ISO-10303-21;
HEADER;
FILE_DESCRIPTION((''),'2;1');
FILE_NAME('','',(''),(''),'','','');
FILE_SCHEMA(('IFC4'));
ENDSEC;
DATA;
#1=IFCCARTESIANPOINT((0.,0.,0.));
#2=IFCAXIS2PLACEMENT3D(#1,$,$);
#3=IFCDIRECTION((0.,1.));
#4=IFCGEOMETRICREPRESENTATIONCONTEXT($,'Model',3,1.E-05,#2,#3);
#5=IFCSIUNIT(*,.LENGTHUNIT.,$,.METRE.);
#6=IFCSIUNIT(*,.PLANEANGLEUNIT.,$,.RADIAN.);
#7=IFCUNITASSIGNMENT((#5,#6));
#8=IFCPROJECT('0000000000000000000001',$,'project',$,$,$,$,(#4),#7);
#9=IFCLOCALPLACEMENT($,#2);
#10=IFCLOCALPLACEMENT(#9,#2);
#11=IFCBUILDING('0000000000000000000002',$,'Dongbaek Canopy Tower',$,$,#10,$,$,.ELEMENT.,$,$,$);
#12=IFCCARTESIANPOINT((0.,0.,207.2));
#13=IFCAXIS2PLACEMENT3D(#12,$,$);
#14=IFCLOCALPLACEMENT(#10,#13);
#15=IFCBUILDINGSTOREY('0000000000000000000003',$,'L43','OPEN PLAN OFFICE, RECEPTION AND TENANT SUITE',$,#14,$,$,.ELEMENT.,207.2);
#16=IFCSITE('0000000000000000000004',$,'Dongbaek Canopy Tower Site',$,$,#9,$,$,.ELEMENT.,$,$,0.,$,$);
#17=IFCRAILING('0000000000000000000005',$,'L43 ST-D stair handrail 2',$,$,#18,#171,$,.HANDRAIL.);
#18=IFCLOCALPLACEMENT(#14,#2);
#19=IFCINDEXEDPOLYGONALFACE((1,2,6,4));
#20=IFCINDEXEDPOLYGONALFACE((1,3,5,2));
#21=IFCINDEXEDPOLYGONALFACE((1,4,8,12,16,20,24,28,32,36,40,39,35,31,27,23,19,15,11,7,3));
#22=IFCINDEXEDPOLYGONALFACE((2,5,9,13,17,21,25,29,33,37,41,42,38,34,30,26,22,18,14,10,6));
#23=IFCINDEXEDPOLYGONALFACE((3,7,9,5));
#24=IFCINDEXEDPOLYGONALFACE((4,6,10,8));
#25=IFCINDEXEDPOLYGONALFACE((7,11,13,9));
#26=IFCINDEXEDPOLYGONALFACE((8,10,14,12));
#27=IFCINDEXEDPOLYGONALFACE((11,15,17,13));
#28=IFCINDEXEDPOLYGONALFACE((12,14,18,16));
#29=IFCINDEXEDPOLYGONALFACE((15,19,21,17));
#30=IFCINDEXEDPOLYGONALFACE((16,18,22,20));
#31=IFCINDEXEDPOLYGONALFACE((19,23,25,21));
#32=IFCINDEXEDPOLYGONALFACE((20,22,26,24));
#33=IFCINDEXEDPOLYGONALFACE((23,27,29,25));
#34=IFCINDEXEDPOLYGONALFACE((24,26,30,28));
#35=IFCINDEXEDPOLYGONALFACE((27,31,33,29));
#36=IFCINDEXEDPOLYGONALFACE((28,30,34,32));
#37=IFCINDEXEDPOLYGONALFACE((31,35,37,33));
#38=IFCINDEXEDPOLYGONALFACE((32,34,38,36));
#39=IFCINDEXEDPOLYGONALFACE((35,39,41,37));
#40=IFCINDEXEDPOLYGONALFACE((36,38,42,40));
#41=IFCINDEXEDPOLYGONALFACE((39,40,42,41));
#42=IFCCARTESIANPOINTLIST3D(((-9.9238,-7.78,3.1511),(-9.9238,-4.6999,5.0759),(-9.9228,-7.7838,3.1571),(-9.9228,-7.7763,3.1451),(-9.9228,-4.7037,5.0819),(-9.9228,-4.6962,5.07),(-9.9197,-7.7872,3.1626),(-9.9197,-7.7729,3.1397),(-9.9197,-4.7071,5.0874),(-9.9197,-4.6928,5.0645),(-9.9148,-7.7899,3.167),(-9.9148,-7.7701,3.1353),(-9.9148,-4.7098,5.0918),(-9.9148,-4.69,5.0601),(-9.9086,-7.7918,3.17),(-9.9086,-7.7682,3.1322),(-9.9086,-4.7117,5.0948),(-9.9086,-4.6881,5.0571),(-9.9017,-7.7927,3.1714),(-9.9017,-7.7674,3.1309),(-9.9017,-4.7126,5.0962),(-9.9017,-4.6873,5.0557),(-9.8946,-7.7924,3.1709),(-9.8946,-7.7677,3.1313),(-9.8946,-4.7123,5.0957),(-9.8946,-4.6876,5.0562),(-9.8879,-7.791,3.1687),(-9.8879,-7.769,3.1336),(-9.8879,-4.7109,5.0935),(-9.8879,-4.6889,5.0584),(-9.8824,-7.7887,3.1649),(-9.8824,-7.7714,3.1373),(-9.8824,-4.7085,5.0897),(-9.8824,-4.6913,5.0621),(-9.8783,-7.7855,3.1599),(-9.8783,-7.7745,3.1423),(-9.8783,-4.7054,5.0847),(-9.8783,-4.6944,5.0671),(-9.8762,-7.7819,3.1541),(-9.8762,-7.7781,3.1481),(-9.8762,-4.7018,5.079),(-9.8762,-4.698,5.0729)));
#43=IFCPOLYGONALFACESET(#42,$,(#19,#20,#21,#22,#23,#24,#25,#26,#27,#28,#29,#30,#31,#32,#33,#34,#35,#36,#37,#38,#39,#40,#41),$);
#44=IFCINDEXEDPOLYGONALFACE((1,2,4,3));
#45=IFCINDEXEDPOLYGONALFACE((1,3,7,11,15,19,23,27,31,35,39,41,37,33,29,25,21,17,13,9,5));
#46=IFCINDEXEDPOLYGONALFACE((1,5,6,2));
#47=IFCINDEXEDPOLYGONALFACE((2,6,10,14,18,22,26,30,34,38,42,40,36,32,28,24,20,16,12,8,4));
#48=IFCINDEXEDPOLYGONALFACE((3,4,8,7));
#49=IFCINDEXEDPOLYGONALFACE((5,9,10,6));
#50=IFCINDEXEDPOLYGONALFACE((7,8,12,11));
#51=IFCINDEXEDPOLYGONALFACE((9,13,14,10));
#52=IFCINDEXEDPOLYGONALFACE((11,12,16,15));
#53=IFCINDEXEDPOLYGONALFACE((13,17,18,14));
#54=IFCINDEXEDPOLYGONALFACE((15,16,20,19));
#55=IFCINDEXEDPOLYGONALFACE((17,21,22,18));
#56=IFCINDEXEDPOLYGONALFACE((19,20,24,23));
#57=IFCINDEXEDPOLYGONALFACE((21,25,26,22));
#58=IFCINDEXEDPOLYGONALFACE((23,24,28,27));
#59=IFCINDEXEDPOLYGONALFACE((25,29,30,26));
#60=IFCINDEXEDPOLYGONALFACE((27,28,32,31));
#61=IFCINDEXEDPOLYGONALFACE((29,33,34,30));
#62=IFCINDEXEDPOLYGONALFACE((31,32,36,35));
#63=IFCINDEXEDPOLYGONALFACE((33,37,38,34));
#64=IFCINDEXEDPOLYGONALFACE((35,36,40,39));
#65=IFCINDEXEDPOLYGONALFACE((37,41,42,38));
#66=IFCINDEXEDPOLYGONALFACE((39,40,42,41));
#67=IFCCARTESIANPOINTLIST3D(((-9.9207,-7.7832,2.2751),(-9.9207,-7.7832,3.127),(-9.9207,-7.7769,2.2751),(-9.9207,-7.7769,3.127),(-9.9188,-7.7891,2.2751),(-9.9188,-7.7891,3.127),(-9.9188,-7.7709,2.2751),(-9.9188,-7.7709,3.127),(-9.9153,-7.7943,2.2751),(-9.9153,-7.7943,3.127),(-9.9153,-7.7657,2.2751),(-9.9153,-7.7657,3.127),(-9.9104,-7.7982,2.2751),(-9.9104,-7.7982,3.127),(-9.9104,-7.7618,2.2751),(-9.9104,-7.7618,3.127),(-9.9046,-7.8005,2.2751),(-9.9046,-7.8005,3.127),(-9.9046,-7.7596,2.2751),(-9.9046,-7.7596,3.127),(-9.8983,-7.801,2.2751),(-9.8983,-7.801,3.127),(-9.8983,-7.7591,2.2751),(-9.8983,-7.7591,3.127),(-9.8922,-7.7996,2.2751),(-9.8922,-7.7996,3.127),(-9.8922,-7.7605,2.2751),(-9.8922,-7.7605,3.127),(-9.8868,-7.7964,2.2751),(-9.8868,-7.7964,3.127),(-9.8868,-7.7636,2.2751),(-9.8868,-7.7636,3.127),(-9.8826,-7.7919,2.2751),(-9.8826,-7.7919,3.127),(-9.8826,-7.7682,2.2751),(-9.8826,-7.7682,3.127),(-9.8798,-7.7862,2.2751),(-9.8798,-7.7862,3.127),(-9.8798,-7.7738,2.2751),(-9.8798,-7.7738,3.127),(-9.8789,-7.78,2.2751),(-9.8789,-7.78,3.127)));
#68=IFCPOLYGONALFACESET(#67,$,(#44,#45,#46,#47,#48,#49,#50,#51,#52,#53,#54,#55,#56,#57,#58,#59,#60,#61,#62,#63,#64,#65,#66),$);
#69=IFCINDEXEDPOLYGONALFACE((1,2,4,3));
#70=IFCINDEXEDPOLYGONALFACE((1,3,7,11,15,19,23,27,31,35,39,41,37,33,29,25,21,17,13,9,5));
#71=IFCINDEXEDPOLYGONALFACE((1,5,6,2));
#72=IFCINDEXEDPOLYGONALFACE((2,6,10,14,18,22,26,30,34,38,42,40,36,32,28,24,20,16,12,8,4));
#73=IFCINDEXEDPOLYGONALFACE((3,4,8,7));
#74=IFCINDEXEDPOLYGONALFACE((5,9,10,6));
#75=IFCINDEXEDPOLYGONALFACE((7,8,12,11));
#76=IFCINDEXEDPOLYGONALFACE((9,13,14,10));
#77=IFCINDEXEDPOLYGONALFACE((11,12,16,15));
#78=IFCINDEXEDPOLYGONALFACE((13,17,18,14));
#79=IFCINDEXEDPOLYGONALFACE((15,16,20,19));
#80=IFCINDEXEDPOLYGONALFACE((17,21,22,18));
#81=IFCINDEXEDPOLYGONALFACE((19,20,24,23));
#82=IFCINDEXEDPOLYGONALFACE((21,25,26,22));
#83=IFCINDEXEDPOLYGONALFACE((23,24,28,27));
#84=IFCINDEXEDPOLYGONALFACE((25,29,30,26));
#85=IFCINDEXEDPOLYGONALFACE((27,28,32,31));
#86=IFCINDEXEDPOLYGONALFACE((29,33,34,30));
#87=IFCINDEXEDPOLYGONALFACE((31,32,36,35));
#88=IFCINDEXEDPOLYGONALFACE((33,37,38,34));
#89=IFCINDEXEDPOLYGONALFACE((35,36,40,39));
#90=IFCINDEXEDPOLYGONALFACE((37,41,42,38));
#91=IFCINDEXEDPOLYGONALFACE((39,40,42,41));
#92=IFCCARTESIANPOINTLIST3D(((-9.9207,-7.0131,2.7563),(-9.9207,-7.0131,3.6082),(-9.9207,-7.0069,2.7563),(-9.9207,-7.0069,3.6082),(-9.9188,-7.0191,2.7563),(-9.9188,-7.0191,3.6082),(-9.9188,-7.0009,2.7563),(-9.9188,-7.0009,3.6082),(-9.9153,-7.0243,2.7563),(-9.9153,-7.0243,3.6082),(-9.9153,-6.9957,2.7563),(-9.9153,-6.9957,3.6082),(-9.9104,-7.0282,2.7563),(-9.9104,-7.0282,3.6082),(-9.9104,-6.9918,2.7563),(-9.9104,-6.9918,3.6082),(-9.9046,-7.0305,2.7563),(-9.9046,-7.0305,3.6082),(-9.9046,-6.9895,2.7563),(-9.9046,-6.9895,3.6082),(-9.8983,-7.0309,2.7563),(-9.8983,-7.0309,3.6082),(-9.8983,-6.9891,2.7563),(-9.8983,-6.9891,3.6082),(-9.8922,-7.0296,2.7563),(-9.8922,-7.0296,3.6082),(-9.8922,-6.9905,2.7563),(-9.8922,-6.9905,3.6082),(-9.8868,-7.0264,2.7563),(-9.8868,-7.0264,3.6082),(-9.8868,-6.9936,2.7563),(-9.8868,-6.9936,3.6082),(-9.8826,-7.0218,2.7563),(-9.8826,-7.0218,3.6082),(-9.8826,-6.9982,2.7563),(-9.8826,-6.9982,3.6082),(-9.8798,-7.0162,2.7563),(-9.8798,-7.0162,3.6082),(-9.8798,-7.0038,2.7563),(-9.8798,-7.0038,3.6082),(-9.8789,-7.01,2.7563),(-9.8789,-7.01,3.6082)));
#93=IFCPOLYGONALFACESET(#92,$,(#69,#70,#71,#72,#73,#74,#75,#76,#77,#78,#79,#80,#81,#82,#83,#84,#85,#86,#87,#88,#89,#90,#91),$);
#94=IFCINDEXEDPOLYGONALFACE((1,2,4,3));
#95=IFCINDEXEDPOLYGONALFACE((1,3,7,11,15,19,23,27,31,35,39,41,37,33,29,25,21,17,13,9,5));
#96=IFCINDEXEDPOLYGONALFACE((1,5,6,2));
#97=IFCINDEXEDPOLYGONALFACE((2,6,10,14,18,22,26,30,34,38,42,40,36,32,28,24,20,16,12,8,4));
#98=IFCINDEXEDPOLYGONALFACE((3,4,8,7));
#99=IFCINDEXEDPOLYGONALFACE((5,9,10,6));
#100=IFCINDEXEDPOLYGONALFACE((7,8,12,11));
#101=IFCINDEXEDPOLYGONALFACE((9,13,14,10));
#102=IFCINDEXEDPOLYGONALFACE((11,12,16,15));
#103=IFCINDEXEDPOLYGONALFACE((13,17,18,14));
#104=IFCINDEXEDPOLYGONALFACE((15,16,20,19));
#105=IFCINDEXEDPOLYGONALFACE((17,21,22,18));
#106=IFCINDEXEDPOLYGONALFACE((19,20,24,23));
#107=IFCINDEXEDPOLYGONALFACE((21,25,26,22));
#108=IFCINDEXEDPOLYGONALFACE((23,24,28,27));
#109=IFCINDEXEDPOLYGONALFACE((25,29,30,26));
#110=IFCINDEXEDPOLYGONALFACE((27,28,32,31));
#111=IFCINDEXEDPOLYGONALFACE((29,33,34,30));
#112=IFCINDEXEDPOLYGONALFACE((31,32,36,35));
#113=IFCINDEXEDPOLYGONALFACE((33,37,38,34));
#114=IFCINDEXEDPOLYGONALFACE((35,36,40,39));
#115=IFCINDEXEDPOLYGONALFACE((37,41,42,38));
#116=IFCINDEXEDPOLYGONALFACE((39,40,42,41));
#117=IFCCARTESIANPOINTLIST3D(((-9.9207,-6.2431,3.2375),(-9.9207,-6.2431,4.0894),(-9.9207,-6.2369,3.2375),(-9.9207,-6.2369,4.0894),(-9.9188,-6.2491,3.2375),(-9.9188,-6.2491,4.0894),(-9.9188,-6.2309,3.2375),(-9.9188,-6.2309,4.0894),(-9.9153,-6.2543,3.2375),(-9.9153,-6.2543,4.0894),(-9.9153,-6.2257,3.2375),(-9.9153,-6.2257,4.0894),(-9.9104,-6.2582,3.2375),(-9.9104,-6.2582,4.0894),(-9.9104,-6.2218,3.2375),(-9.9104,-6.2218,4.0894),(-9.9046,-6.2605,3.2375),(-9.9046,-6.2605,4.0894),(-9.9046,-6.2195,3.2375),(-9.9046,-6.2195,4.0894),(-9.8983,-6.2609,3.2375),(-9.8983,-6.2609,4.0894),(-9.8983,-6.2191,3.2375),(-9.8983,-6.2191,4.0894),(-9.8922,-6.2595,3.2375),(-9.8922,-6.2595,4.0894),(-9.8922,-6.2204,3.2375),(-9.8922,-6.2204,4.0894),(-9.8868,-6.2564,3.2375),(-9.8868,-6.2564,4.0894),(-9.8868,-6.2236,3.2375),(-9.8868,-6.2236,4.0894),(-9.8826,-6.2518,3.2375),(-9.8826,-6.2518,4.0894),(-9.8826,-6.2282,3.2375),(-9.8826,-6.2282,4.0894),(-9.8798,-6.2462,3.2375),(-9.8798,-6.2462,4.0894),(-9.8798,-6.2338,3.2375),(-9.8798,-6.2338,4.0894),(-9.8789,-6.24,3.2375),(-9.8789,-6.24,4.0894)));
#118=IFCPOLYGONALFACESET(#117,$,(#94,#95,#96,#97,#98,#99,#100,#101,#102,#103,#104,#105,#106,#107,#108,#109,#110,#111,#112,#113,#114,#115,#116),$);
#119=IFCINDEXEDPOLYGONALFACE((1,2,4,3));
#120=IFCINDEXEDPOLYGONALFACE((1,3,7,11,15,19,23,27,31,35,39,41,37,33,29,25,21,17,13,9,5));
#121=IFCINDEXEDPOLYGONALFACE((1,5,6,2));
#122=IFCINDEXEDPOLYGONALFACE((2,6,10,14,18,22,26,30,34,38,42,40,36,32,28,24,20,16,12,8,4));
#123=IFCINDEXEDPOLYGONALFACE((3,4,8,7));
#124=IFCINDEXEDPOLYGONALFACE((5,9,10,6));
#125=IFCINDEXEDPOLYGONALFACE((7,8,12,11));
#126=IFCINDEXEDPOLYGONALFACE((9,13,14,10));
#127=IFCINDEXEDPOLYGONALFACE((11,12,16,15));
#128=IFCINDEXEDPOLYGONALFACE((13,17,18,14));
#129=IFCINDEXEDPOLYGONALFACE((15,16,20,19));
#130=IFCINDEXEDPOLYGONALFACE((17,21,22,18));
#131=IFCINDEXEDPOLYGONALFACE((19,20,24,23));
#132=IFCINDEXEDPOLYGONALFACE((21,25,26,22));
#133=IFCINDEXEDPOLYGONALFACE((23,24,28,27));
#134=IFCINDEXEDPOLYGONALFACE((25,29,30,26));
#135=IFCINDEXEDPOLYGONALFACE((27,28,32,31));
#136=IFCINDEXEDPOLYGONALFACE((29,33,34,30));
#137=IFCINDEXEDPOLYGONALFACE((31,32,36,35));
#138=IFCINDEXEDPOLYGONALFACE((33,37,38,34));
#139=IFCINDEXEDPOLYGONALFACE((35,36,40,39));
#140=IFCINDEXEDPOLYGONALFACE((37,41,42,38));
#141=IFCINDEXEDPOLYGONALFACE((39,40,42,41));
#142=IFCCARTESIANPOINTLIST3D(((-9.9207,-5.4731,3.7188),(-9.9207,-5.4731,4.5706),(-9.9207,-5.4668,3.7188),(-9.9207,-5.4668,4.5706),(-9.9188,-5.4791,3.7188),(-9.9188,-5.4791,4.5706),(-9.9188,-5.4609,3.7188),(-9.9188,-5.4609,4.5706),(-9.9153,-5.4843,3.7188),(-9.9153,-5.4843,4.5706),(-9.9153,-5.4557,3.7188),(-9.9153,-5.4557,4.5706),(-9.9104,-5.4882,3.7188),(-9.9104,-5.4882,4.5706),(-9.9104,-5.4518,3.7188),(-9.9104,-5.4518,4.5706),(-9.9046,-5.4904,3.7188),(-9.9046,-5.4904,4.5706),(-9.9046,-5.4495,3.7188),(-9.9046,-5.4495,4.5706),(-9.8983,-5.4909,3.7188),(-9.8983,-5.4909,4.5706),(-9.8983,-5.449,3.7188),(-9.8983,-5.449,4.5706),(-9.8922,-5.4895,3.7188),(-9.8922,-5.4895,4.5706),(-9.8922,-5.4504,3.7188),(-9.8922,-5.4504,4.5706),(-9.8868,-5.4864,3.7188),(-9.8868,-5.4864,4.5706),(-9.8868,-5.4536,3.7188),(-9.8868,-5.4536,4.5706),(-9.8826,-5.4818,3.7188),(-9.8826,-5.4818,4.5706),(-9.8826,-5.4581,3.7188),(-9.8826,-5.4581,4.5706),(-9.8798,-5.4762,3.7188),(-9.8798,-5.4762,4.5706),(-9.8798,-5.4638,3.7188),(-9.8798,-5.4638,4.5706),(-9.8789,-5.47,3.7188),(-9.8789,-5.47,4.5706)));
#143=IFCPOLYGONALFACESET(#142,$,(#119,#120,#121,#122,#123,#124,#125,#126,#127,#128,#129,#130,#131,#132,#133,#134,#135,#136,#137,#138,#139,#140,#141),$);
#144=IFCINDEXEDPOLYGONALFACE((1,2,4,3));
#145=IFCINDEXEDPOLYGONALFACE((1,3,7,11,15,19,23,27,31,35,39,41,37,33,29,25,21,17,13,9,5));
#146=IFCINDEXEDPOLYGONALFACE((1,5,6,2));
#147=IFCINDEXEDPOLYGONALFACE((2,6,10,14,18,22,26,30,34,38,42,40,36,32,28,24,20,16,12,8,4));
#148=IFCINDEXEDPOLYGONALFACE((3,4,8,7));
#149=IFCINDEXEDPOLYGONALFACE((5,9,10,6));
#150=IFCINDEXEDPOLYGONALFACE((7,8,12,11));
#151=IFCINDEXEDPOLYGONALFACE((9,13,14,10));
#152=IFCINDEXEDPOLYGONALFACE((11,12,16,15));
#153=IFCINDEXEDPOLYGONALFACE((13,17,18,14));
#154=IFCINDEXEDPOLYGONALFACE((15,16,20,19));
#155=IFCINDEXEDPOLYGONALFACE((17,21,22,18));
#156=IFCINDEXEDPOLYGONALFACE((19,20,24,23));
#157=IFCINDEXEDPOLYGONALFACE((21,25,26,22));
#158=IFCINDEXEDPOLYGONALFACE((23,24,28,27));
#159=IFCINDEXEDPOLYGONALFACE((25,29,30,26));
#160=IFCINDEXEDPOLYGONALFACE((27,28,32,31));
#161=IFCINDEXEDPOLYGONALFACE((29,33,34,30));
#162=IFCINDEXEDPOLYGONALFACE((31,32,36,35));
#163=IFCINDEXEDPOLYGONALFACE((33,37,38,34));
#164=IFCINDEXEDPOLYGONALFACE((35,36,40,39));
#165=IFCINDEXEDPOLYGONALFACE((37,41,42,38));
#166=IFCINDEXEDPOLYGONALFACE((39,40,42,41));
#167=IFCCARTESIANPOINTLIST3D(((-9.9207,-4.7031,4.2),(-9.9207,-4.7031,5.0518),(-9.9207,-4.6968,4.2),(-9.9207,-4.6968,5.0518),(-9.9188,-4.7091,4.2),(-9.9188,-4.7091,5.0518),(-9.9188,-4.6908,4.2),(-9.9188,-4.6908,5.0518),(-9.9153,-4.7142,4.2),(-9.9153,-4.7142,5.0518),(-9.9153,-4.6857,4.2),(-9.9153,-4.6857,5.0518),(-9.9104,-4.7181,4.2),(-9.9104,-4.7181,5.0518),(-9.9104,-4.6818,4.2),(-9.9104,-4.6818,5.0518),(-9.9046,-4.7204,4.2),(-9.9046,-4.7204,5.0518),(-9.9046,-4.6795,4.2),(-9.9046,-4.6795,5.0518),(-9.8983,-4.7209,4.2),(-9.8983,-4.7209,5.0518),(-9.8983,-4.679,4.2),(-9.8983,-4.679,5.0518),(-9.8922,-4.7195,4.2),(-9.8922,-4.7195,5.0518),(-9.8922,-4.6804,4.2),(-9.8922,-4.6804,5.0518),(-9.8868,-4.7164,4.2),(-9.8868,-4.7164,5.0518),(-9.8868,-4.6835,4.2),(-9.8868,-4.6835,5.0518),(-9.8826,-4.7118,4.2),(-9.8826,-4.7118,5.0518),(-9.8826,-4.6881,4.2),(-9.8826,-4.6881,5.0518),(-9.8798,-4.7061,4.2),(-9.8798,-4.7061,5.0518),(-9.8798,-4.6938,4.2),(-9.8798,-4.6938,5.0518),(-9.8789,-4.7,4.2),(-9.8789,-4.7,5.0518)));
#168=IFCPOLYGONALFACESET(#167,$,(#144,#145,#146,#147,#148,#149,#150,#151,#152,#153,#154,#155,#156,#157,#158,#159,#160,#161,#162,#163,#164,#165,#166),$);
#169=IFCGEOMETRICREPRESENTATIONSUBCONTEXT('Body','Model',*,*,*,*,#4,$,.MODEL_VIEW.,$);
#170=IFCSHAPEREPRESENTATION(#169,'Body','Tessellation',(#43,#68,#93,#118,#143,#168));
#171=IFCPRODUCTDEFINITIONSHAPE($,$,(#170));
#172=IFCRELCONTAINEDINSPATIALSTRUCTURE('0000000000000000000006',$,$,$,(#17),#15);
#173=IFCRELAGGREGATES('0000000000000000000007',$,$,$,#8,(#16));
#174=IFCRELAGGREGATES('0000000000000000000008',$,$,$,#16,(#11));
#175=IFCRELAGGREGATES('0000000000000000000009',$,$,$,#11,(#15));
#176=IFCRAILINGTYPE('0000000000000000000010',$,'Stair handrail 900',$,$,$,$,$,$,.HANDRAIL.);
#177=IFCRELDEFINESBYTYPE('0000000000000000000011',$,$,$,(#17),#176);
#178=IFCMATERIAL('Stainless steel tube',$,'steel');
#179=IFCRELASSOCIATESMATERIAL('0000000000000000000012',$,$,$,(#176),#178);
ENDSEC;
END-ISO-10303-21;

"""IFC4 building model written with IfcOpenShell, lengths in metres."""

from ifc_helpers import new_model, si_unit, direction, frame, origin, origin_2d, place, context, subcontext, project, spatial, circle, extrude, material, type_object, element, save


model = new_model("IFC4")

# Units and contexts
model_context = context("Model", 3, precision=1e-05, world=origin(), true_north=direction((0.0, 1.0)))
body_context = subcontext(model_context, "Body", "Model", "MODEL_VIEW")
ifc_project = project(units=[si_unit("LENGTHUNIT", "METRE"), si_unit("PLANEANGLEUNIT", "RADIAN")], contexts=[model_context])

# Site, building, storey
site_placement = place(None, origin())
site = spatial("IfcSite", under=ifc_project, at=site_placement, Name="Dongbaek Canopy Tower Site", CompositionType="ELEMENT", RefElevation=0.0)
building_placement = place(site_placement, origin())
building = spatial("IfcBuilding", under=site, at=building_placement, Name="Dongbaek Canopy Tower", CompositionType="ELEMENT")
storey_placement = place(building_placement, frame((0.0, 0.0, 207.2)))
storey = spatial("IfcBuildingStorey", under=building, at=storey_placement, Name="L43", Description="OPEN PLAN OFFICE, RECEPTION AND TENANT SUITE", CompositionType="ELEMENT", Elevation=207.2)

# Railing
ifc_material_1 = material(Name="Stainless steel tube", Category="steel")
railing_type_1 = type_object("IfcRailingType", Name="Stair handrail 900", PredefinedType="HANDRAIL", material=ifc_material_1)
railing_1_placement = place(storey_placement, frame((-9.8999, -7.78, 2.2751)))
element("IfcRailing", 1, at=railing_1_placement, inside=storey, type_object=railing_type_1, Name="L43 ST-D stair handrail 2", PredefinedType="HANDRAIL", context=body_context, shape_type="SweptSolid", body=[
    extrude(circle(Radius=0.0239, at=origin_2d()), frame((0.0, 0.0, 0.876), z_axis=(0.0, 0.848029, 0.529951), x_axis=(-1.0, 0.0, 0.0)), (0.0, 0.0, 1.0), 3.6321),
    extrude(circle(Radius=0.021, at=origin_2d()), origin(), (0.0, 0.0, 1.0), 0.8518),
    extrude(circle(Radius=0.021, at=origin_2d()), frame((0.0, 0.77, 0.4812)), (0.0, 0.0, 1.0), 0.8518),
    extrude(circle(Radius=0.021, at=origin_2d()), frame((0.0, 1.54, 0.9624)), (0.0, 0.0, 1.0), 0.8518),
    extrude(circle(Radius=0.021, at=origin_2d()), frame((0.0, 2.3101, 1.4436)), (0.0, 0.0, 1.0), 0.8518),
    extrude(circle(Radius=0.021, at=origin_2d()), frame((0.0, 3.0801, 1.9248)), (0.0, 0.0, 1.0), 0.8518),
])

save(model, "model.ifc")
